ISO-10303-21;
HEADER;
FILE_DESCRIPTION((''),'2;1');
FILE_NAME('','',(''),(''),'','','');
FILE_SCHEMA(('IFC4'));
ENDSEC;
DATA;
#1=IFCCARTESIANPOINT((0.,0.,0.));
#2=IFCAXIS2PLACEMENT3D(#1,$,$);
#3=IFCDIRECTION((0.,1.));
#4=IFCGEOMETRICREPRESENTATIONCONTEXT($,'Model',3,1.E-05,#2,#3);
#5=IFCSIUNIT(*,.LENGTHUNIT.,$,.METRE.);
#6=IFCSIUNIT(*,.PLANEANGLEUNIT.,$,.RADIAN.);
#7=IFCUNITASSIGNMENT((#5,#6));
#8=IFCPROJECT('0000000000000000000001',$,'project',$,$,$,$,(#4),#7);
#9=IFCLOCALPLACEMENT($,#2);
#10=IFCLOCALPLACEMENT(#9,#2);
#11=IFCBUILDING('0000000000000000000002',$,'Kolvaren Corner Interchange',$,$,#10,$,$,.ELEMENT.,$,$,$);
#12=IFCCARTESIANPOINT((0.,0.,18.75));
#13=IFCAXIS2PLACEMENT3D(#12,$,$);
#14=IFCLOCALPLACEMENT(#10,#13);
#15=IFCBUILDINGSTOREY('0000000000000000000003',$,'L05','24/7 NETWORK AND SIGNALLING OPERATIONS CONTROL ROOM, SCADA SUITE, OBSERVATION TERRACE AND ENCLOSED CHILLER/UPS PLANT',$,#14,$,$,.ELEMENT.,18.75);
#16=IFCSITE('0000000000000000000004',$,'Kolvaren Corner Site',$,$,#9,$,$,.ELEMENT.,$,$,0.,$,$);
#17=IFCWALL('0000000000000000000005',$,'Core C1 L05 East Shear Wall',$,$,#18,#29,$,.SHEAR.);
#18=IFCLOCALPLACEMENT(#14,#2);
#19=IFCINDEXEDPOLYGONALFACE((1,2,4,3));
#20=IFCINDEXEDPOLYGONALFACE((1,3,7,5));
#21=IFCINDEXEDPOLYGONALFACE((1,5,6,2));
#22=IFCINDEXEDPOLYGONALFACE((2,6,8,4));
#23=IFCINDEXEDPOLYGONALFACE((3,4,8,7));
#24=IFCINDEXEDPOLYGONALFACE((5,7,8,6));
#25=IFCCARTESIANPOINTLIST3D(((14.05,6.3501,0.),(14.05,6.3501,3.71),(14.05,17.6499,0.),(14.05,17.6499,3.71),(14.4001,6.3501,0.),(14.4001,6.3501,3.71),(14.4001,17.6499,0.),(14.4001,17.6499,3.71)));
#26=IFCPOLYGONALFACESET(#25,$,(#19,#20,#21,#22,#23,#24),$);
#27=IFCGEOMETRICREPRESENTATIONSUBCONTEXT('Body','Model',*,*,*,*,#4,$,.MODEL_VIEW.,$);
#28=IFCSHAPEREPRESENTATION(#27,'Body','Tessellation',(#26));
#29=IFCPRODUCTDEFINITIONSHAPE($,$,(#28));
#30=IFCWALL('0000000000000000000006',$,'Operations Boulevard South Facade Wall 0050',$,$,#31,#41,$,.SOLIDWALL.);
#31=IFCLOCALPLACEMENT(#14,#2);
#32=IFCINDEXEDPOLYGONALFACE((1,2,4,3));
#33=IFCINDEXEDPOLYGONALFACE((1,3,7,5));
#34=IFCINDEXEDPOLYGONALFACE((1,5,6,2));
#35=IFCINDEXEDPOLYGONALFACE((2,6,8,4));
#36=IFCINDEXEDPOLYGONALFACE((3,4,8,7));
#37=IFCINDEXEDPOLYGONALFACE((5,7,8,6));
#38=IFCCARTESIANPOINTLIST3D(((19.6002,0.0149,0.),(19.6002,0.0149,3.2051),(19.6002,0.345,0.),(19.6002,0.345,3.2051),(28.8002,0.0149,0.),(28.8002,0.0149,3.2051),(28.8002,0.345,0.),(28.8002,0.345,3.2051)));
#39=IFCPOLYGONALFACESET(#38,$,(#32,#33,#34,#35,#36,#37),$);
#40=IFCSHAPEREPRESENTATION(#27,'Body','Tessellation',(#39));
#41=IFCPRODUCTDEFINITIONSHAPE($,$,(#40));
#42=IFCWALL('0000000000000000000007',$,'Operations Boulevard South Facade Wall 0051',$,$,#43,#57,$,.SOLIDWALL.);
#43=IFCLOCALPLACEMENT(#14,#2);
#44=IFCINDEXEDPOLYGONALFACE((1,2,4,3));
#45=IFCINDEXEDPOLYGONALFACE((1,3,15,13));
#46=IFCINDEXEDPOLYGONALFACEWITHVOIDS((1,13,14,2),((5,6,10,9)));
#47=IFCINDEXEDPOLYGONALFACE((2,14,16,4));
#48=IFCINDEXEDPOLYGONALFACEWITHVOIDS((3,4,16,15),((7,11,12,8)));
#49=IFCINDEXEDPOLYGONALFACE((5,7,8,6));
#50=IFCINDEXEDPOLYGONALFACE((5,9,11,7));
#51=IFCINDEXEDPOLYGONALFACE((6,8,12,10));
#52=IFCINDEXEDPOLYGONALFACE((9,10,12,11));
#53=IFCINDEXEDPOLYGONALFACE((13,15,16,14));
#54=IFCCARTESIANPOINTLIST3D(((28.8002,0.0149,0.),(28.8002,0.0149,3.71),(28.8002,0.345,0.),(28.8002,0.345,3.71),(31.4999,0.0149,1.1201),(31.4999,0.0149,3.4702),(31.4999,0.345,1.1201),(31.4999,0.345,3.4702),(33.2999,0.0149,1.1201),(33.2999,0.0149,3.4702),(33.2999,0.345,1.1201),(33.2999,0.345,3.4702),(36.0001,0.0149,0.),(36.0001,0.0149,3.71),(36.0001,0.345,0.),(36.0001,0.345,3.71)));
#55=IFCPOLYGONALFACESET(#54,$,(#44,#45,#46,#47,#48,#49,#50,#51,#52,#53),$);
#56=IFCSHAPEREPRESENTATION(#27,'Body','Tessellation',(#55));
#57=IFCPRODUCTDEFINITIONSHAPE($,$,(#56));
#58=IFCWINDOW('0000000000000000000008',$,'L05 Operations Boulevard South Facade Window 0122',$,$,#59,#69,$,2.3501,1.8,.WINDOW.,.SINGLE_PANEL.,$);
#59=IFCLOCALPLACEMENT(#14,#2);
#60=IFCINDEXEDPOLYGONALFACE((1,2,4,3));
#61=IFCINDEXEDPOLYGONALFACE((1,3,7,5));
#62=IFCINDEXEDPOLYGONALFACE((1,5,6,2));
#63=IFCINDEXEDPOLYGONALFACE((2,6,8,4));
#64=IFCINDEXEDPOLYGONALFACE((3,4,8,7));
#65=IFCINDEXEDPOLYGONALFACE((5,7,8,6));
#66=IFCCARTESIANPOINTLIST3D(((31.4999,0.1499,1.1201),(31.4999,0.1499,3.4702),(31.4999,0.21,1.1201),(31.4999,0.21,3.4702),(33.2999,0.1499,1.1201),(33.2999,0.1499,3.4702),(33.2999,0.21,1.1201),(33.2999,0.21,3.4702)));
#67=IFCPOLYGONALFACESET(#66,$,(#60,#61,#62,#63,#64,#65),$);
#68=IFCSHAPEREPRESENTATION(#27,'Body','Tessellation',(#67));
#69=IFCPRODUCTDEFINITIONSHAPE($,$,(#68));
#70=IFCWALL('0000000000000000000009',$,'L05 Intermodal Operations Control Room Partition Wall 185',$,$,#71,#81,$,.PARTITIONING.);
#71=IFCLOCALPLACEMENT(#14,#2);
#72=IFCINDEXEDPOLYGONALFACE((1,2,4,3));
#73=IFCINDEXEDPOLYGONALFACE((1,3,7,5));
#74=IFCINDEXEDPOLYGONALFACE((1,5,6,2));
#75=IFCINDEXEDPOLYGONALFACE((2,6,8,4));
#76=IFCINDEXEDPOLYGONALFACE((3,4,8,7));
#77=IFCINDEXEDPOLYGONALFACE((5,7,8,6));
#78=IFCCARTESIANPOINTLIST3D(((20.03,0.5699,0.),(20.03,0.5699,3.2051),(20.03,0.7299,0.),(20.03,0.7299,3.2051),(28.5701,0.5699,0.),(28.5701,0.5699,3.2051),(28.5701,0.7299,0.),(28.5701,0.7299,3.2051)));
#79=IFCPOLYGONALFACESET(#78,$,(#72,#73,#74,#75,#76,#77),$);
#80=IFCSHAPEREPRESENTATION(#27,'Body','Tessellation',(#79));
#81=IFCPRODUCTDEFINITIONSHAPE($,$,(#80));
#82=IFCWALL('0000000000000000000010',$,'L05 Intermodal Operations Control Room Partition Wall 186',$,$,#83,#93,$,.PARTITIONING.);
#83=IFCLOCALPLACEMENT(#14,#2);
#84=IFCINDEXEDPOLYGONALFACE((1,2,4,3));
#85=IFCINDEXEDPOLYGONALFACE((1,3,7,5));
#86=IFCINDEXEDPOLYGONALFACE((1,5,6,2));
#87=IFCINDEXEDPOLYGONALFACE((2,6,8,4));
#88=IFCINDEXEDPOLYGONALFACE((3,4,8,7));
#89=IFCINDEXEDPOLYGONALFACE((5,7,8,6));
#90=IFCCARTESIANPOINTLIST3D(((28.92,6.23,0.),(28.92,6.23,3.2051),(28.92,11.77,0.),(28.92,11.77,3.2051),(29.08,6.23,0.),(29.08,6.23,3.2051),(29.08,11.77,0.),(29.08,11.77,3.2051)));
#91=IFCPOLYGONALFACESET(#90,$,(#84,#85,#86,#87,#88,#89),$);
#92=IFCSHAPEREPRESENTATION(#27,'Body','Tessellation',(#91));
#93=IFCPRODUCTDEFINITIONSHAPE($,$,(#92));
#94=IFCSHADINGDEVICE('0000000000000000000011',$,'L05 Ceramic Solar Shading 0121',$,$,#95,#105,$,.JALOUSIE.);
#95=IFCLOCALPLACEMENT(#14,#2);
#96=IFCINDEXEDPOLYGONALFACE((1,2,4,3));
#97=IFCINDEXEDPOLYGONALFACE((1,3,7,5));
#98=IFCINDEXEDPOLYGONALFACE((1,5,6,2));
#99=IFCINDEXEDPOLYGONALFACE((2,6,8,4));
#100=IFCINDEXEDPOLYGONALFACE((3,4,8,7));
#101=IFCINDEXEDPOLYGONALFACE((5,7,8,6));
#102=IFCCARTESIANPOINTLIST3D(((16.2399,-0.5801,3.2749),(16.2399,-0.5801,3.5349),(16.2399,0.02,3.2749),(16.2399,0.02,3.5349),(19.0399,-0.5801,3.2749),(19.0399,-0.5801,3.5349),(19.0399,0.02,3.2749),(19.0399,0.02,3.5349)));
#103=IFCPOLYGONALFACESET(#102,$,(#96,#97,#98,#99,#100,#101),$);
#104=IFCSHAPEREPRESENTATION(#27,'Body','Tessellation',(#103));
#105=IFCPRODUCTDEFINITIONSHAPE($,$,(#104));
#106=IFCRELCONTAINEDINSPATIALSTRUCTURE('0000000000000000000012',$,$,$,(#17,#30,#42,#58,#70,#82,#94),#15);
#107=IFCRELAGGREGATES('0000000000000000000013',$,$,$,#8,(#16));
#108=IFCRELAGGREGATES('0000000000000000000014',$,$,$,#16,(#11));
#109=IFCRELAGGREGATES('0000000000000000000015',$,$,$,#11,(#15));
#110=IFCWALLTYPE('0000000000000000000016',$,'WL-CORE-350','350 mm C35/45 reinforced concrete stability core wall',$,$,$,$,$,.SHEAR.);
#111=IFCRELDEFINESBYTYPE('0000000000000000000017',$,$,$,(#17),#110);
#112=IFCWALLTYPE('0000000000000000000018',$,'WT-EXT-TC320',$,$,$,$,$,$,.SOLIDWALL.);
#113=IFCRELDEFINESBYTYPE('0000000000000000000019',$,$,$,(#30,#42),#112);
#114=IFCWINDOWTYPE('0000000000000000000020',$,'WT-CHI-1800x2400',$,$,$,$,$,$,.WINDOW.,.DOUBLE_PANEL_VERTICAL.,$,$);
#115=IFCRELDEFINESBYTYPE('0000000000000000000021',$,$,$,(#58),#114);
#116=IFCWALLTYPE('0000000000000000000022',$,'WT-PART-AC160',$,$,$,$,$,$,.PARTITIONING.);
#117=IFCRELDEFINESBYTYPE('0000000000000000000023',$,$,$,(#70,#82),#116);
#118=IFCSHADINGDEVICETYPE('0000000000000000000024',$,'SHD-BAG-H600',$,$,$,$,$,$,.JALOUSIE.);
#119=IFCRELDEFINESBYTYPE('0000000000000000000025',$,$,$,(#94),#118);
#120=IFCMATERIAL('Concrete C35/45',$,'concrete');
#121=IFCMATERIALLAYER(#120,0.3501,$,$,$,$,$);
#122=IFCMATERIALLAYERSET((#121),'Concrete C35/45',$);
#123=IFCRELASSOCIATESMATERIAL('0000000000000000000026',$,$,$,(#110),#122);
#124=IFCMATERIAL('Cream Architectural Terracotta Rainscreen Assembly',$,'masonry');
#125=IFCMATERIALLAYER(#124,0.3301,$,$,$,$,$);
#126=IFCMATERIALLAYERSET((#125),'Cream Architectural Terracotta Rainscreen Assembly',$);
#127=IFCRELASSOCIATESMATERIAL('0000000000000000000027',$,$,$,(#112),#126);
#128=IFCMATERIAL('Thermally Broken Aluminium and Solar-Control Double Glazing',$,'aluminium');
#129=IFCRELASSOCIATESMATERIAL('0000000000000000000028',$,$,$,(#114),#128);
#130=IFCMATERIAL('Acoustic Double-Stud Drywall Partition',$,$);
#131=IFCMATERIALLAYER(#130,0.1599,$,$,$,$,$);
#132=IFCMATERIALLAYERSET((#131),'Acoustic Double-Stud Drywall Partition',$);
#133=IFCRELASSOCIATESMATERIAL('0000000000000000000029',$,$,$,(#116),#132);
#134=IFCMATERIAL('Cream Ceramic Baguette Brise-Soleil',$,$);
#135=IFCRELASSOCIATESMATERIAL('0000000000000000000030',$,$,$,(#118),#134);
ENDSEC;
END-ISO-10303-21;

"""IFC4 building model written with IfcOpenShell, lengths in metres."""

from ifc_helpers import new_model, si_unit, direction, frame, frame_2d, origin, origin_2d, place, context, subcontext, project, spatial, rectangle, extrude, material, layer, layer_set, type_object, element, fill, save


model = new_model("IFC4")

# Units and contexts
model_context = context("Model", 3, precision=1e-05, world=origin(), true_north=direction((0.0, 1.0)))
body_context = subcontext(model_context, "Body", "Model", "MODEL_VIEW")
ifc_project = project(units=[si_unit("LENGTHUNIT", "METRE"), si_unit("PLANEANGLEUNIT", "RADIAN")], contexts=[model_context])

# Site, building, storey
site_placement = place(None, origin())
site = spatial("IfcSite", under=ifc_project, at=site_placement, Name="Kolvaren Corner Site", CompositionType="ELEMENT", RefElevation=0.0)
building_placement = place(site_placement, origin())
building = spatial("IfcBuilding", under=site, at=building_placement, Name="Kolvaren Corner Interchange", CompositionType="ELEMENT")
storey_placement = place(building_placement, frame((0.0, 0.0, 18.75)))
storey = spatial("IfcBuildingStorey", under=building, at=storey_placement, Name="L05", Description="24/7 NETWORK AND SIGNALLING OPERATIONS CONTROL ROOM, SCADA SUITE, OBSERVATION TERRACE AND ENCLOSED CHILLER/UPS PLANT", CompositionType="ELEMENT", Elevation=18.75)

# Walls
ifc_material_1 = material(Name="Concrete C35/45", Category="concrete")
ifc_layer_1 = layer(ifc_material_1, 0.3501)
ifc_layer_set_1 = layer_set([ifc_layer_1], Name="Concrete C35/45")
wall_type_1 = type_object("IfcWallType", Name="WL-CORE-350", Description="350 mm C35/45 reinforced concrete stability core wall", PredefinedType="SHEAR", material=ifc_layer_set_1)
wall_1_placement = place(storey_placement, frame((14.2251, 6.3501, 0.0), z_axis=(0.0, 0.0, 1.0), x_axis=(0.0, 1.0, 0.0)))
element("IfcWall", 1, at=wall_1_placement, inside=storey, type_object=wall_type_1, Name="Core C1 L05 East Shear Wall", PredefinedType="SHEAR", context=body_context, shape_type="SweptSolid", body=[
    extrude(rectangle(XDim=11.2998, YDim=0.3501, at=frame_2d((5.6499, 0.0))), origin(), (0.0, 0.0, 1.0), 3.71),
])
ifc_material_2 = material(Name="Cream Architectural Terracotta Rainscreen Assembly", Category="masonry")
ifc_layer_2 = layer(ifc_material_2, 0.3301)
ifc_layer_set_2 = layer_set([ifc_layer_2], Name="Cream Architectural Terracotta Rainscreen Assembly")
wall_type_2 = type_object("IfcWallType", Name="WT-EXT-TC320", PredefinedType="SOLIDWALL", material=ifc_layer_set_2)
wall_2_placement = place(storey_placement, frame((19.6001, 0.1799, 0.0), z_axis=(0.0, 0.0, 1.0), x_axis=(1.0, 0.0, 0.0)))
element("IfcWall", 2, at=wall_2_placement, inside=storey, type_object=wall_type_2, Name="Operations Boulevard South Facade Wall 0050", PredefinedType="SOLIDWALL", context=body_context, shape_type="SweptSolid", body=[
    extrude(rectangle(XDim=9.2, YDim=0.3301, at=frame_2d((4.6001, 0.0))), origin(), (0.0, 0.0, 1.0), 3.2051),
])

# Wall, opening, window
wall_3_placement = place(storey_placement, frame((28.8, 0.1799, 0.0), z_axis=(0.0, 0.0, 1.0), x_axis=(1.0, 0.0, 0.0)))
wall_3 = element("IfcWall", 3, at=wall_3_placement, inside=storey, type_object=wall_type_2, Name="Operations Boulevard South Facade Wall 0051", PredefinedType="SOLIDWALL", context=body_context, shape_type="SweptSolid", body=[
    extrude(rectangle(XDim=7.2, YDim=0.3301, at=frame_2d((3.6001, 0.0))), origin(), (0.0, 0.0, 1.0), 3.71),
])
opening_placement = place(wall_3_placement, frame((2.7, 0.0, 1.1201)))
opening = element("IfcOpeningElement", 4, at=opening_placement, cuts=wall_3, PredefinedType="OPENING", context=body_context, shape_type="SweptSolid", body=[
    extrude(rectangle(XDim=1.8, YDim=2.3501, at=frame_2d((0.8999, 1.175))), frame((0.0, 0.175, 0.0), z_axis=(0.0, -1.0, 0.0), x_axis=(1.0, 0.0, 0.0)), (0.0, 0.0, 1.0), 0.3501),
])
ifc_material_3 = material(Name="Thermally Broken Aluminium and Solar-Control Double Glazing", Category="aluminium")
window_type = type_object("IfcWindowType", Name="WT-CHI-1800x2400", PartitioningType="DOUBLE_PANEL_VERTICAL", PredefinedType="WINDOW", material=ifc_material_3)
window_placement = place(opening_placement, origin())
window = element("IfcWindow", 5, at=window_placement, inside=storey, type_object=window_type, Name="L05 Operations Boulevard South Facade Window 0122", OverallHeight=2.3501, OverallWidth=1.8, PartitioningType="SINGLE_PANEL", PredefinedType="WINDOW", context=body_context, shape_type="SweptSolid", body=[
    extrude(rectangle(XDim=1.8, YDim=2.3501, at=frame_2d((0.8999, 1.175))), frame((0.0, 0.03, 0.0), z_axis=(0.0, -1.0, 0.0), x_axis=(1.0, 0.0, 0.0)), (0.0, 0.0, 1.0), 0.0601),
])
fill(opening, window)

# Walls
ifc_material_4 = material(Name="Acoustic Double-Stud Drywall Partition")
ifc_layer_3 = layer(ifc_material_4, 0.1599)
ifc_layer_set_3 = layer_set([ifc_layer_3], Name="Acoustic Double-Stud Drywall Partition")
wall_type_3 = type_object("IfcWallType", Name="WT-PART-AC160", PredefinedType="PARTITIONING", material=ifc_layer_set_3)
wall_4_placement = place(storey_placement, frame((20.03, 0.6499, 0.0), z_axis=(0.0, 0.0, 1.0), x_axis=(1.0, 0.0, 0.0)))
element("IfcWall", 6, at=wall_4_placement, inside=storey, type_object=wall_type_3, Name="L05 Intermodal Operations Control Room Partition Wall 185", PredefinedType="PARTITIONING", context=body_context, shape_type="SweptSolid", body=[
    extrude(rectangle(XDim=8.54, YDim=0.1599, at=frame_2d((4.27, 0.0))), origin(), (0.0, 0.0, 1.0), 3.2051),
])
wall_5_placement = place(storey_placement, frame((29.0, 6.23, 0.0), z_axis=(0.0, 0.0, 1.0), x_axis=(0.0, 1.0, 0.0)))
element("IfcWall", 7, at=wall_5_placement, inside=storey, type_object=wall_type_3, Name="L05 Intermodal Operations Control Room Partition Wall 186", PredefinedType="PARTITIONING", context=body_context, shape_type="SweptSolid", body=[
    extrude(rectangle(XDim=5.54, YDim=0.1599, at=frame_2d((2.77, 0.0))), origin(), (0.0, 0.0, 1.0), 3.2051),
])

# Shading device
ifc_material_5 = material(Name="Cream Ceramic Baguette Brise-Soleil")
shading_device_type = type_object("IfcShadingDeviceType", Name="SHD-BAG-H600", PredefinedType="JALOUSIE", material=ifc_material_5)
shading_device_placement = place(storey_placement, frame((17.6399, -0.28, 3.2749), z_axis=(0.0, 0.0, 1.0), x_axis=(1.0, 0.0, 0.0)))
element("IfcShadingDevice", 8, at=shading_device_placement, inside=storey, type_object=shading_device_type, Name="L05 Ceramic Solar Shading 0121", PredefinedType="JALOUSIE", context=body_context, shape_type="SweptSolid", body=[
    extrude(rectangle(XDim=2.8, YDim=0.6001, at=origin_2d()), origin(), (0.0, 0.0, 1.0), 0.26),
])

save(model, "model.ifc")
